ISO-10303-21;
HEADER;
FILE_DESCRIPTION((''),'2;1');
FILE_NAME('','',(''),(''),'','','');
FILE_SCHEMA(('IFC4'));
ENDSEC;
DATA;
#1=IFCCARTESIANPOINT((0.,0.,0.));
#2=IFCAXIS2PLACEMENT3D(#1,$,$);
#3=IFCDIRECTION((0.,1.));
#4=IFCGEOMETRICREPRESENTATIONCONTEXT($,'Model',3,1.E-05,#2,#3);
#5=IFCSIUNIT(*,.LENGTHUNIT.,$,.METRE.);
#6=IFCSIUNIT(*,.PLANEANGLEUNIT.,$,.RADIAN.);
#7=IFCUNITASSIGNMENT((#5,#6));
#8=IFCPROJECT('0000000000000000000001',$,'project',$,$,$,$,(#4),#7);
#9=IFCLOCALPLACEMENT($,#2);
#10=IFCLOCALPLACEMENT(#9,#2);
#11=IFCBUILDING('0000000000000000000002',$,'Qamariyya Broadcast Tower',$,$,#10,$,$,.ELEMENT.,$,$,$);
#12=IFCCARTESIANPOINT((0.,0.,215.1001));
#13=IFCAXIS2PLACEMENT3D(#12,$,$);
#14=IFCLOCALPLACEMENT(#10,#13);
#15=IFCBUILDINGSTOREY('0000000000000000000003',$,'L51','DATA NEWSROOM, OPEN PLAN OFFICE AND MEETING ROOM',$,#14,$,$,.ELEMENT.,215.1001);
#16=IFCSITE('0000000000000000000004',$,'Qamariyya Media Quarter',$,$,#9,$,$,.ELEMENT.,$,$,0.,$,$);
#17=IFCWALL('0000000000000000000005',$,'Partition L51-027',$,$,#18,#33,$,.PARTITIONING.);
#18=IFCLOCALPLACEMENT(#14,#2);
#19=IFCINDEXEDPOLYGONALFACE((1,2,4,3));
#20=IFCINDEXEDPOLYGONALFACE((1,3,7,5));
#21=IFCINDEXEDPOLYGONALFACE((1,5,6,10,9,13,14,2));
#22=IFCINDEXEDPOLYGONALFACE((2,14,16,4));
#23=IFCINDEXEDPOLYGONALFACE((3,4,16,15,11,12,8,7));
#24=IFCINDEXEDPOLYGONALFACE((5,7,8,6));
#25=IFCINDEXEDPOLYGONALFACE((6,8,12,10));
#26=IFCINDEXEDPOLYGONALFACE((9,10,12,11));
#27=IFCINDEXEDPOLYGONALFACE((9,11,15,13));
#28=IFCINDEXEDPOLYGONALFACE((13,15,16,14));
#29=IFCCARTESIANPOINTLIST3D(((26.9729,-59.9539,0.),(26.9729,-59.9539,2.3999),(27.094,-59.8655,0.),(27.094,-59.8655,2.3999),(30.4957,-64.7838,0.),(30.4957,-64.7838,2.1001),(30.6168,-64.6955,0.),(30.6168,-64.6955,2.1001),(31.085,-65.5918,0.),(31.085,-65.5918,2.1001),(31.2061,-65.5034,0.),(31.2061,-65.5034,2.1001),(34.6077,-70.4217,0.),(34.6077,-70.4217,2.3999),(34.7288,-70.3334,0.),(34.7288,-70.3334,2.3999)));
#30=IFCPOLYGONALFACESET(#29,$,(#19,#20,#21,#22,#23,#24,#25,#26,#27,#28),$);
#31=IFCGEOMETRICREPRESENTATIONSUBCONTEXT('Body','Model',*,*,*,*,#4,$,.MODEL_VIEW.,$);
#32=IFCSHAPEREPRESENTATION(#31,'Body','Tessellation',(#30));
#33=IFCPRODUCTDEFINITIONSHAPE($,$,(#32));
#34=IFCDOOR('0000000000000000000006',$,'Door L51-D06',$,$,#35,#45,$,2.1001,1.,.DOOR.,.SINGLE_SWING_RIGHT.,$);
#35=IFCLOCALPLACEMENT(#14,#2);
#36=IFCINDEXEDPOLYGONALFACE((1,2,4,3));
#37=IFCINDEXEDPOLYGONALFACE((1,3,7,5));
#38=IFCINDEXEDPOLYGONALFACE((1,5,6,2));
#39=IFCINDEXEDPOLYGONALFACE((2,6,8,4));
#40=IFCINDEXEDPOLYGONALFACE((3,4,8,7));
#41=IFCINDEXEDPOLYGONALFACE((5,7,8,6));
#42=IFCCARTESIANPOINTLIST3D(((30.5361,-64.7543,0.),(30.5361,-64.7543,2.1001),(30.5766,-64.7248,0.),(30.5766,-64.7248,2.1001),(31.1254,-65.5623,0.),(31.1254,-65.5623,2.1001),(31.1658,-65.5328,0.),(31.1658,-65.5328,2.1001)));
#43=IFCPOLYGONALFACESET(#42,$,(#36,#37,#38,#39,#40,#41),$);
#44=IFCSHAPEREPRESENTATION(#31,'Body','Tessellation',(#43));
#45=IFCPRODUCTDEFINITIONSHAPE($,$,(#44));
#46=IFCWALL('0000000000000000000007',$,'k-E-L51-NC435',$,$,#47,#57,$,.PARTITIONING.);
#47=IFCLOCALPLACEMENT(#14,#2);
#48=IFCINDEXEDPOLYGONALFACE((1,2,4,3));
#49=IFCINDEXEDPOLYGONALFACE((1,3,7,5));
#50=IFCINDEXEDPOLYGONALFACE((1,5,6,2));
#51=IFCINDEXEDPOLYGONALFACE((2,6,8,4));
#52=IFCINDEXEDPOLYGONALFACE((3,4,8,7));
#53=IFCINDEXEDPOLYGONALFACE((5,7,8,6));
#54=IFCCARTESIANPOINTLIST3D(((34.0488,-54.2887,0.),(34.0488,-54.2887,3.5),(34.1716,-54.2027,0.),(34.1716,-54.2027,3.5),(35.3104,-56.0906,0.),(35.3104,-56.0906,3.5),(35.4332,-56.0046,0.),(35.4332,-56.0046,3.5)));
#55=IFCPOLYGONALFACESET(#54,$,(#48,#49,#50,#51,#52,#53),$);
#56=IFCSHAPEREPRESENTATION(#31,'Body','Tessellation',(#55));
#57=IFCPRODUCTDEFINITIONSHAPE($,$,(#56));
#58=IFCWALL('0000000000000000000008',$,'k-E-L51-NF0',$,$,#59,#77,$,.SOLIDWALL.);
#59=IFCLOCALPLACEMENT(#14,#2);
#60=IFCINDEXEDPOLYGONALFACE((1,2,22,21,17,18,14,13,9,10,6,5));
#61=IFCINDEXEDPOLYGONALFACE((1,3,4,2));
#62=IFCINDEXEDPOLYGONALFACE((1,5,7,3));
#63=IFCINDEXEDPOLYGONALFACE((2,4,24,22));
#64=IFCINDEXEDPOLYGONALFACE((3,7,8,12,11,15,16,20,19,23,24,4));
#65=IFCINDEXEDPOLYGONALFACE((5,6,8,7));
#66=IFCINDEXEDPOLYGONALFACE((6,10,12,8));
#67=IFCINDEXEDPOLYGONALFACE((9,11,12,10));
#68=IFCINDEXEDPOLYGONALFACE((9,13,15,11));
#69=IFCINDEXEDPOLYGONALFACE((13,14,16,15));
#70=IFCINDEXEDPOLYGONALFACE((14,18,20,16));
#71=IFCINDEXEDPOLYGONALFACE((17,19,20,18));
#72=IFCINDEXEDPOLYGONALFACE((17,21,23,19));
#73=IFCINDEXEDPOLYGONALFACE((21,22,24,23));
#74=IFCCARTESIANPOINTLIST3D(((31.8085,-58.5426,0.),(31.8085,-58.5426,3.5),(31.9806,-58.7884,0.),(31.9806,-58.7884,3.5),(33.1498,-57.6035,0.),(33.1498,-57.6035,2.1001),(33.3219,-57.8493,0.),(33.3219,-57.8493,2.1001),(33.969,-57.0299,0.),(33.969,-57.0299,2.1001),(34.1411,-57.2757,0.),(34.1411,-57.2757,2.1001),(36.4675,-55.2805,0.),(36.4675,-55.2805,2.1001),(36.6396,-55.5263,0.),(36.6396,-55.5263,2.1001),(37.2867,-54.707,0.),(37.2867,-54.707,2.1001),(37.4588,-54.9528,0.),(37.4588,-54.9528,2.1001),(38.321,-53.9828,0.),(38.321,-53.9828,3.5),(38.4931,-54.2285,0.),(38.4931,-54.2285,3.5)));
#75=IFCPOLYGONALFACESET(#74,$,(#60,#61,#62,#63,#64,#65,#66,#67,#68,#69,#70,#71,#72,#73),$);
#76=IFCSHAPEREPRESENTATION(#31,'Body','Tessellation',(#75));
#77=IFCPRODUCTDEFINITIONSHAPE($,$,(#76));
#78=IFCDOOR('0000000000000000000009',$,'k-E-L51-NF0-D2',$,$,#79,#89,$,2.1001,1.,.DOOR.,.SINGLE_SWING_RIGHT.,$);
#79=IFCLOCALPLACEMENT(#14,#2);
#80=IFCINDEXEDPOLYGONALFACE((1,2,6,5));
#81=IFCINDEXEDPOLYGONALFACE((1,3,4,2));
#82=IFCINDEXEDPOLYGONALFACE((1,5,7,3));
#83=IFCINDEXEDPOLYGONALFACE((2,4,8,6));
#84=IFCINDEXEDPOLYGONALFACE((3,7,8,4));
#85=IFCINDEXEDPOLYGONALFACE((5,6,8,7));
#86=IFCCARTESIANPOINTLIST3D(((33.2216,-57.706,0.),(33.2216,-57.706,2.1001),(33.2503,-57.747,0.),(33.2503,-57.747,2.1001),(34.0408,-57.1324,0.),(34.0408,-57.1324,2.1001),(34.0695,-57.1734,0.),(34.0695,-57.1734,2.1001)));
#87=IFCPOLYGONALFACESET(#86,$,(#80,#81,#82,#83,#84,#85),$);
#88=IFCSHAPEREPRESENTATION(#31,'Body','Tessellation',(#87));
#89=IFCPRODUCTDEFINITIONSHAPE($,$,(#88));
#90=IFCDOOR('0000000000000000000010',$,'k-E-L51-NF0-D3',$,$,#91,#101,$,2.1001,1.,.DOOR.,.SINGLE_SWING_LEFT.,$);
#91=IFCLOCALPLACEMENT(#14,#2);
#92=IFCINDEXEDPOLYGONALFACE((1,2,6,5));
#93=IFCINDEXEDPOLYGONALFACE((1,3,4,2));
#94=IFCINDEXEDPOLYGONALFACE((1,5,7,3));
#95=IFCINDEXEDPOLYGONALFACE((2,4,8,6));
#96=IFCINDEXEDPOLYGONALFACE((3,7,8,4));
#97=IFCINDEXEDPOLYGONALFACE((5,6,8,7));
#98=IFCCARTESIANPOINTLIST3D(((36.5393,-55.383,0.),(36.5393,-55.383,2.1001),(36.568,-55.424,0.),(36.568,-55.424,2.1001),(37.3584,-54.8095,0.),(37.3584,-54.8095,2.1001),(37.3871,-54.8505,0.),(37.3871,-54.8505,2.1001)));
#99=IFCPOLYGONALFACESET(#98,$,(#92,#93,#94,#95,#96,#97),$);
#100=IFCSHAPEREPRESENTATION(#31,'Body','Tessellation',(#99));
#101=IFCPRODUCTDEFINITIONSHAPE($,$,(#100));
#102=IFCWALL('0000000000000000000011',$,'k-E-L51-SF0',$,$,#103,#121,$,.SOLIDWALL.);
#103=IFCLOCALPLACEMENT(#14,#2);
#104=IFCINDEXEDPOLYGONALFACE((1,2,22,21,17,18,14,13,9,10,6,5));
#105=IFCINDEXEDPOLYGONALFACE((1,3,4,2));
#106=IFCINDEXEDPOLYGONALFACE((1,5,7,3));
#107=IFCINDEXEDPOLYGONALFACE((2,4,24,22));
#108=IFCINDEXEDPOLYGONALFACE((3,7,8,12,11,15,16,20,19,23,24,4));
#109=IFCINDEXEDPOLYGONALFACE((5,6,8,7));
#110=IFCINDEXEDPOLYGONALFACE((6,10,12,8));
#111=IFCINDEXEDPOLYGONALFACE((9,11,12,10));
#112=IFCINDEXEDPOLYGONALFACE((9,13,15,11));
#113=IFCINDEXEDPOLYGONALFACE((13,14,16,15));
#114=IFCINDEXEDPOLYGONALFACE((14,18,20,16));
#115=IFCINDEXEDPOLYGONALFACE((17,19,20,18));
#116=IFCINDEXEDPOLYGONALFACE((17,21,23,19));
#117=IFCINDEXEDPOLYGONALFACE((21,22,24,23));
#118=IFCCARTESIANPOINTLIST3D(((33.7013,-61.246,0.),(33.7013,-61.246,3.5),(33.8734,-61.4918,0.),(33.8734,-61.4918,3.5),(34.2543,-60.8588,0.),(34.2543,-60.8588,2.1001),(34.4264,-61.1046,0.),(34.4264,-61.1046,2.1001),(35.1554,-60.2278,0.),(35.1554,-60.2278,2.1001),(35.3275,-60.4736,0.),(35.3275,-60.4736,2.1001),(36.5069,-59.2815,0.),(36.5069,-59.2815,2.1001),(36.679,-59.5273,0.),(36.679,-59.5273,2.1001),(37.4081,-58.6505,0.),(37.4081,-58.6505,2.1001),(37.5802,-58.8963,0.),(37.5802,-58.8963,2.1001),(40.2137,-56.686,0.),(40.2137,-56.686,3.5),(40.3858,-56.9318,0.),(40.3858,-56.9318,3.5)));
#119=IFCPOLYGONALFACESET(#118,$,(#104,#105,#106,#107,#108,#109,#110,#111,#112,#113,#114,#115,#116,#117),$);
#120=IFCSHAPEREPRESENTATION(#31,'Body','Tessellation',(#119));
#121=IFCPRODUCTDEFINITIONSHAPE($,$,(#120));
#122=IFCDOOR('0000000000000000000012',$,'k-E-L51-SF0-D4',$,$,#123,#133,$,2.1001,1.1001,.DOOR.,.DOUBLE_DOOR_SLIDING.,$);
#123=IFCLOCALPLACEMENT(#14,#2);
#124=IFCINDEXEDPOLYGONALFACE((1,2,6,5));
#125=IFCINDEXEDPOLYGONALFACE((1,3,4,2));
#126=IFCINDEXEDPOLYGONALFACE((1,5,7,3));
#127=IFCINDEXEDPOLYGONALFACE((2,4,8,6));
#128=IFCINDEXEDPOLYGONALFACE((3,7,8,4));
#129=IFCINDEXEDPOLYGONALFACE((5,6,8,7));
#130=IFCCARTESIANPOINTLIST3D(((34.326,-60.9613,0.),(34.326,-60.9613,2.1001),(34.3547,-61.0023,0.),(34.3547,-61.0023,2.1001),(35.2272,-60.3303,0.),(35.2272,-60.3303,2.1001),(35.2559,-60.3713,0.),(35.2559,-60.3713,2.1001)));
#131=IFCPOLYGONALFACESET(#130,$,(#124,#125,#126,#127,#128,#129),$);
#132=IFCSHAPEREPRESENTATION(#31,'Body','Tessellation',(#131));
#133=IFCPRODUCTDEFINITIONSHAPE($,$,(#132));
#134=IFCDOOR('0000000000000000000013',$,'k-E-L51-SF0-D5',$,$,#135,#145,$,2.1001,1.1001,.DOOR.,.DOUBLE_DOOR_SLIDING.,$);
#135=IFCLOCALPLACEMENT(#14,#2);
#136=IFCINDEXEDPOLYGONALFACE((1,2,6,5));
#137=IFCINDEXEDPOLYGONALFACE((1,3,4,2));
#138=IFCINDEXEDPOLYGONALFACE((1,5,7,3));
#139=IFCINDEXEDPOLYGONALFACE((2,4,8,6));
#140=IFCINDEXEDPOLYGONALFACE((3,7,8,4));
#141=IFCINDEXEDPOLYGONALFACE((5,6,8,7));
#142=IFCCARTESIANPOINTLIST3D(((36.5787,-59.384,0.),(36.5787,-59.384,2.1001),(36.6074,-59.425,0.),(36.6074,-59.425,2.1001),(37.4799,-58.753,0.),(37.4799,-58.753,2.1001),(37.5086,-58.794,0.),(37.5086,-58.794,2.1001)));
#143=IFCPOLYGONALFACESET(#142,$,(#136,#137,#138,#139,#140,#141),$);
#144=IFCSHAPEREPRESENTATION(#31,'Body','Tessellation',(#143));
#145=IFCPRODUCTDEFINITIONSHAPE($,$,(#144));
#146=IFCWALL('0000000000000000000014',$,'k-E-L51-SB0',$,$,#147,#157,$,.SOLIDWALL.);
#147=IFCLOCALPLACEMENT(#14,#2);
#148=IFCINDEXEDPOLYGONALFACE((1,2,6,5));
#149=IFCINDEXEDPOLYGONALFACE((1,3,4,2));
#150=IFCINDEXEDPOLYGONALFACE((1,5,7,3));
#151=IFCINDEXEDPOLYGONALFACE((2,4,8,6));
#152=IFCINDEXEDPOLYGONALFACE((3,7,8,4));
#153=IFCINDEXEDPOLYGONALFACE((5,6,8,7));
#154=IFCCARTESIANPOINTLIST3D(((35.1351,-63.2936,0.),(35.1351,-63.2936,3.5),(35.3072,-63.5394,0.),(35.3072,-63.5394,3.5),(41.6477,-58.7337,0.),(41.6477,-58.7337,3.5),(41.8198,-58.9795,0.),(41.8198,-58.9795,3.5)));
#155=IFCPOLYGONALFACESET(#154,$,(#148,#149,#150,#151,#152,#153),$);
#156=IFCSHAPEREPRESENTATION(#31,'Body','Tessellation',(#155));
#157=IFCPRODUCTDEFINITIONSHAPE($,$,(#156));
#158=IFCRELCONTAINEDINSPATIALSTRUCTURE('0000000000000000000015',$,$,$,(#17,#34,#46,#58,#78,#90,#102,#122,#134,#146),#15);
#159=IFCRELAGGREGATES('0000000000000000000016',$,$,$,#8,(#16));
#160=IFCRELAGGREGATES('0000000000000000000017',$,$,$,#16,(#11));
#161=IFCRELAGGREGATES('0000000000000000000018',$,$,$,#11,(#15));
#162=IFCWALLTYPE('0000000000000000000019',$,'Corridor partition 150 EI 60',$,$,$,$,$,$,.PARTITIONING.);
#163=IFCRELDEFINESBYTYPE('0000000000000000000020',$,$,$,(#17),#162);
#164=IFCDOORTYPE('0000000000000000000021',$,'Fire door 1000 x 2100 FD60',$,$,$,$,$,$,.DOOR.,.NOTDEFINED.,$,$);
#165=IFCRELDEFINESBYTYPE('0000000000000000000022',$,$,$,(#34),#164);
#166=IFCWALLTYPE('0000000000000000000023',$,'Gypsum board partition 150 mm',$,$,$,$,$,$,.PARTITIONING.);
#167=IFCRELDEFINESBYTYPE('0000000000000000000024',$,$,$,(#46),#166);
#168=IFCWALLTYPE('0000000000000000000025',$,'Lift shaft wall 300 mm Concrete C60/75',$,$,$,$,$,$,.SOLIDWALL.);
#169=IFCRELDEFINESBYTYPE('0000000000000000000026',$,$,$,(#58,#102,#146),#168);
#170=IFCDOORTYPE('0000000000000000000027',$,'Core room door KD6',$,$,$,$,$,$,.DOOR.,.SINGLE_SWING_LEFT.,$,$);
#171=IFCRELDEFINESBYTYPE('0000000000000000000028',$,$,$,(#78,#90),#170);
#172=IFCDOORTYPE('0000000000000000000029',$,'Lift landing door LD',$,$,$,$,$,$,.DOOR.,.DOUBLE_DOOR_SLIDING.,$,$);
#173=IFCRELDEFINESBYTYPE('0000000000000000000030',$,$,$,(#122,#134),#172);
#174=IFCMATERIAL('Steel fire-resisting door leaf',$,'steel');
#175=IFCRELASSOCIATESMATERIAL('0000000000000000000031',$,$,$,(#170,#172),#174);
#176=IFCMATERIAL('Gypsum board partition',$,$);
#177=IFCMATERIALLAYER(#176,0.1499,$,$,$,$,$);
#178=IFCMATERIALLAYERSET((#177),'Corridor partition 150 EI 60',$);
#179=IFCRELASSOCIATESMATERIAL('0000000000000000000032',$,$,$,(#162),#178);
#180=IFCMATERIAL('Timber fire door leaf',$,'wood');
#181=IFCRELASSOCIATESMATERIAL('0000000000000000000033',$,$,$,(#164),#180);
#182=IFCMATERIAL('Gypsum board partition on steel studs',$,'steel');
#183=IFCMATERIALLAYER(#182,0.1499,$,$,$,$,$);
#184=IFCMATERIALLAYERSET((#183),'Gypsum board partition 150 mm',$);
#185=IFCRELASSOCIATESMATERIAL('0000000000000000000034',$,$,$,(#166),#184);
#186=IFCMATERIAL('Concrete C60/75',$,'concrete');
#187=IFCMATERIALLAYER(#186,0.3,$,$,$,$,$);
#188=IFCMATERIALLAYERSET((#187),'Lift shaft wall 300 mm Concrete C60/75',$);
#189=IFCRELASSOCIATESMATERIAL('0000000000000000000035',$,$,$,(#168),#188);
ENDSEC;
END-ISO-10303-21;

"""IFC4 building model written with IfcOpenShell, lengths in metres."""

from ifc_helpers import new_model, si_unit, direction, frame, frame_2d, origin, place, context, subcontext, project, spatial, rectangle, extrude, material, layer, layer_set, type_object, element, fill, save


model = new_model("IFC4")

# Units and contexts
model_context = context("Model", 3, precision=1e-05, world=origin(), true_north=direction((0.0, 1.0)))
body_context = subcontext(model_context, "Body", "Model", "MODEL_VIEW")
ifc_project = project(units=[si_unit("LENGTHUNIT", "METRE"), si_unit("PLANEANGLEUNIT", "RADIAN")], contexts=[model_context])

# Site, building, storey
site_placement = place(None, origin())
site = spatial("IfcSite", under=ifc_project, at=site_placement, Name="Qamariyya Media Quarter", CompositionType="ELEMENT", RefElevation=0.0)
building_placement = place(site_placement, origin())
building = spatial("IfcBuilding", under=site, at=building_placement, Name="Qamariyya Broadcast Tower", CompositionType="ELEMENT")
storey_placement = place(building_placement, frame((0.0, 0.0, 215.1001)))
storey = spatial("IfcBuildingStorey", under=building, at=storey_placement, Name="L51", Description="DATA NEWSROOM, OPEN PLAN OFFICE AND MEETING ROOM", CompositionType="ELEMENT", Elevation=215.1001)

# Shared definitions
ifc_material_1 = material(Name="Concrete C60/75", Category="concrete")

# Shared definitions
ifc_material_2 = material(Name="Steel fire-resisting door leaf", Category="steel")

# Shared definitions
door_type_1 = type_object("IfcDoorType", Name="Core room door KD6", OperationType="SINGLE_SWING_LEFT", PredefinedType="DOOR", material=ifc_material_2)

# Wall, opening, door
ifc_material_3 = material(Name="Gypsum board partition")
ifc_layer_1 = layer(ifc_material_3, 0.1499)
ifc_layer_set_1 = layer_set([ifc_layer_1], Name="Corridor partition 150 EI 60")
wall_type_1 = type_object("IfcWallType", Name="Corridor partition 150 EI 60", PredefinedType="PARTITIONING", material=ifc_layer_set_1)
wall_1_placement = place(storey_placement, frame((34.6682, -70.3774, 0.0), z_axis=(0.0, 0.0, 1.0), x_axis=(-0.589274, 0.807934, 0.0)))
wall_1 = element("IfcWall", 1, at=wall_1_placement, inside=storey, type_object=wall_type_1, Name="Partition L51-027", PredefinedType="PARTITIONING", context=body_context, shape_type="SweptSolid", body=[
    extrude(rectangle(XDim=12.9563, YDim=0.1499, at=frame_2d((6.478, 0.0))), origin(), (0.0, 0.0, 1.0), 2.3999),
])
opening_1_placement = place(wall_1_placement, frame((5.978, 0.0, 0.0)))
opening_1 = element("IfcOpeningElement", 2, at=opening_1_placement, cuts=wall_1, PredefinedType="OPENING", context=body_context, shape_type="SweptSolid", body=[
    extrude(rectangle(XDim=1.0, YDim=2.1001, at=frame_2d((0.5, 1.05))), frame((0.0, 0.085, 0.0), z_axis=(0.0, -1.0, 0.0), x_axis=(1.0, 0.0, 0.0)), (0.0, 0.0, 1.0), 0.1699),
])
ifc_material_4 = material(Name="Timber fire door leaf", Category="wood")
door_type_2 = type_object("IfcDoorType", Name="Fire door 1000 x 2100 FD60", OperationType="NOTDEFINED", PredefinedType="DOOR", material=ifc_material_4)
door_1_placement = place(opening_1_placement, origin())
door_1 = element("IfcDoor", 3, at=door_1_placement, inside=storey, type_object=door_type_2, Name="Door L51-D06", OperationType="SINGLE_SWING_RIGHT", OverallHeight=2.1001, OverallWidth=1.0, PredefinedType="DOOR", context=body_context, shape_type="SweptSolid", body=[
    extrude(rectangle(XDim=1.0, YDim=2.1001, at=frame_2d((0.5, 1.05))), frame((0.0, 0.0249, 0.0), z_axis=(0.0, -1.0, 0.0), x_axis=(1.0, 0.0, 0.0)), (0.0, 0.0, 1.0), 0.05),
])
fill(opening_1, door_1)

# Wall
ifc_material_5 = material(Name="Gypsum board partition on steel studs", Category="steel")
ifc_layer_2 = layer(ifc_material_5, 0.1499)
ifc_layer_set_2 = layer_set([ifc_layer_2], Name="Gypsum board partition 150 mm")
wall_type_2 = type_object("IfcWallType", Name="Gypsum board partition 150 mm", PredefinedType="PARTITIONING", material=ifc_layer_set_2)
wall_2_placement = place(storey_placement, frame((35.3718, -56.0476, 0.0), z_axis=(0.0, 0.0, 1.0), x_axis=(-0.573559, 0.819164, 0.0)))
element("IfcWall", 4, at=wall_2_placement, inside=storey, type_object=wall_type_2, Name="k-E-L51-NC435", PredefinedType="PARTITIONING", context=body_context, shape_type="SweptSolid", body=[
    extrude(rectangle(XDim=2.1997, YDim=0.1499, at=frame_2d((1.0999, 0.0))), origin(), (0.0, 0.0, 1.0), 3.5),
])

# Walls, openings, doors
ifc_layer_3 = layer(ifc_material_1, 0.3)
ifc_layer_set_3 = layer_set([ifc_layer_3], Name="Lift shaft wall 300 mm Concrete C60/75")
wall_type_3 = type_object("IfcWallType", Name="Lift shaft wall 300 mm Concrete C60/75", PredefinedType="SOLIDWALL", material=ifc_layer_set_3)
wall_3_placement = place(storey_placement, frame((31.8945, -58.6655, 0.0), z_axis=(0.0, 0.0, 1.0), x_axis=(0.819167, 0.573555, 0.0)))
wall_3 = element("IfcWall", 5, at=wall_3_placement, inside=storey, type_object=wall_type_3, Name="k-E-L51-NF0", PredefinedType="SOLIDWALL", context=body_context, shape_type="SweptSolid", body=[
    extrude(rectangle(XDim=7.9502, YDim=0.3, at=frame_2d((3.9751, 0.0))), origin(), (0.0, 0.0, 1.0), 3.5),
])
opening_2_placement = place(wall_3_placement, frame((1.6375, 0.0, 0.0)))
opening_2 = element("IfcOpeningElement", 6, at=opening_2_placement, cuts=wall_3, PredefinedType="OPENING", context=body_context, shape_type="SweptSolid", body=[
    extrude(rectangle(XDim=1.0, YDim=2.1001, at=frame_2d((0.5, 1.05))), frame((0.0, 0.1599, 0.0), z_axis=(0.0, -1.0, 0.0), x_axis=(1.0, 0.0, 0.0)), (0.0, 0.0, 1.0), 0.3201),
])
opening_3_placement = place(wall_3_placement, frame((5.6875, 0.0, 0.0)))
opening_3 = element("IfcOpeningElement", 7, at=opening_3_placement, cuts=wall_3, PredefinedType="OPENING", context=body_context, shape_type="SweptSolid", body=[
    extrude(rectangle(XDim=1.0, YDim=2.1001, at=frame_2d((0.5, 1.05))), frame((0.0, 0.1599, 0.0), z_axis=(0.0, -1.0, 0.0), x_axis=(1.0, 0.0, 0.0)), (0.0, 0.0, 1.0), 0.3201),
])
door_2_placement = place(opening_2_placement, origin())
door_2 = element("IfcDoor", 8, at=door_2_placement, inside=storey, type_object=door_type_1, Name="k-E-L51-NF0-D2", OperationType="SINGLE_SWING_RIGHT", OverallHeight=2.1001, OverallWidth=1.0, PredefinedType="DOOR", context=body_context, shape_type="SweptSolid", body=[
    extrude(rectangle(XDim=1.0, YDim=2.1001, at=frame_2d((0.5, 1.05))), frame((0.0, 0.0249, 0.0), z_axis=(0.0, -1.0, 0.0), x_axis=(1.0, 0.0, 0.0)), (0.0, 0.0, 1.0), 0.05),
])
fill(opening_2, door_2)
door_3_placement = place(opening_3_placement, origin())
door_3 = element("IfcDoor", 9, at=door_3_placement, inside=storey, type_object=door_type_1, Name="k-E-L51-NF0-D3", OperationType="SINGLE_SWING_LEFT", OverallHeight=2.1001, OverallWidth=1.0, PredefinedType="DOOR", context=body_context, shape_type="SweptSolid", body=[
    extrude(rectangle(XDim=1.0, YDim=2.1001, at=frame_2d((0.5, 1.05))), frame((0.0, 0.0249, 0.0), z_axis=(0.0, -1.0, 0.0), x_axis=(1.0, 0.0, 0.0)), (0.0, 0.0, 1.0), 0.05),
])
fill(opening_3, door_3)
wall_4_placement = place(storey_placement, frame((33.7874, -61.3689, 0.0), z_axis=(0.0, 0.0, 1.0), x_axis=(0.819153, 0.573576, 0.0)))
wall_4 = element("IfcWall", 10, at=wall_4_placement, inside=storey, type_object=wall_type_3, Name="k-E-L51-SF0", PredefinedType="SOLIDWALL", context=body_context, shape_type="SweptSolid", body=[
    extrude(rectangle(XDim=7.9502, YDim=0.3, at=frame_2d((3.9751, 0.0))), origin(), (0.0, 0.0, 1.0), 3.5),
])
opening_4_placement = place(wall_4_placement, frame((0.675, 0.0, 0.0)))
opening_4 = element("IfcOpeningElement", 11, at=opening_4_placement, cuts=wall_4, PredefinedType="OPENING", context=body_context, shape_type="SweptSolid", body=[
    extrude(rectangle(XDim=1.1001, YDim=2.1001, at=frame_2d((0.55, 1.05))), frame((0.0, 0.1599, 0.0), z_axis=(0.0, -1.0, 0.0), x_axis=(1.0, 0.0, 0.0)), (0.0, 0.0, 1.0), 0.3201),
])
opening_5_placement = place(wall_4_placement, frame((3.425, 0.0, 0.0)))
opening_5 = element("IfcOpeningElement", 12, at=opening_5_placement, cuts=wall_4, PredefinedType="OPENING", context=body_context, shape_type="SweptSolid", body=[
    extrude(rectangle(XDim=1.1001, YDim=2.1001, at=frame_2d((0.55, 1.05))), frame((0.0, 0.1599, 0.0), z_axis=(0.0, -1.0, 0.0), x_axis=(1.0, 0.0, 0.0)), (0.0, 0.0, 1.0), 0.3201),
])
door_type_3 = type_object("IfcDoorType", Name="Lift landing door LD", OperationType="DOUBLE_DOOR_SLIDING", PredefinedType="DOOR", material=ifc_material_2)
door_4_placement = place(opening_4_placement, origin())
door_4 = element("IfcDoor", 13, at=door_4_placement, inside=storey, type_object=door_type_3, Name="k-E-L51-SF0-D4", OperationType="DOUBLE_DOOR_SLIDING", OverallHeight=2.1001, OverallWidth=1.1001, PredefinedType="DOOR", context=body_context, shape_type="SweptSolid", body=[
    extrude(rectangle(XDim=1.1001, YDim=2.1001, at=frame_2d((0.55, 1.05))), frame((0.0, 0.0249, 0.0), z_axis=(0.0, -1.0, 0.0), x_axis=(1.0, 0.0, 0.0)), (0.0, 0.0, 1.0), 0.05),
])
fill(opening_4, door_4)
door_5_placement = place(opening_5_placement, origin())
door_5 = element("IfcDoor", 14, at=door_5_placement, inside=storey, type_object=door_type_3, Name="k-E-L51-SF0-D5", OperationType="DOUBLE_DOOR_SLIDING", OverallHeight=2.1001, OverallWidth=1.1001, PredefinedType="DOOR", context=body_context, shape_type="SweptSolid", body=[
    extrude(rectangle(XDim=1.1001, YDim=2.1001, at=frame_2d((0.55, 1.05))), frame((0.0, 0.0249, 0.0), z_axis=(0.0, -1.0, 0.0), x_axis=(1.0, 0.0, 0.0)), (0.0, 0.0, 1.0), 0.05),
])
fill(opening_5, door_5)

# Wall
wall_5_placement = place(storey_placement, frame((35.2212, -63.4165, 0.0), z_axis=(0.0, 0.0, 1.0), x_axis=(0.819167, 0.573555, 0.0)))
element("IfcWall", 15, at=wall_5_placement, inside=storey, type_object=wall_type_3, Name="k-E-L51-SB0", PredefinedType="SOLIDWALL", context=body_context, shape_type="SweptSolid", body=[
    extrude(rectangle(XDim=7.9502, YDim=0.3, at=frame_2d((3.9751, 0.0))), origin(), (0.0, 0.0, 1.0), 3.5),
])

save(model, "model.ifc")
